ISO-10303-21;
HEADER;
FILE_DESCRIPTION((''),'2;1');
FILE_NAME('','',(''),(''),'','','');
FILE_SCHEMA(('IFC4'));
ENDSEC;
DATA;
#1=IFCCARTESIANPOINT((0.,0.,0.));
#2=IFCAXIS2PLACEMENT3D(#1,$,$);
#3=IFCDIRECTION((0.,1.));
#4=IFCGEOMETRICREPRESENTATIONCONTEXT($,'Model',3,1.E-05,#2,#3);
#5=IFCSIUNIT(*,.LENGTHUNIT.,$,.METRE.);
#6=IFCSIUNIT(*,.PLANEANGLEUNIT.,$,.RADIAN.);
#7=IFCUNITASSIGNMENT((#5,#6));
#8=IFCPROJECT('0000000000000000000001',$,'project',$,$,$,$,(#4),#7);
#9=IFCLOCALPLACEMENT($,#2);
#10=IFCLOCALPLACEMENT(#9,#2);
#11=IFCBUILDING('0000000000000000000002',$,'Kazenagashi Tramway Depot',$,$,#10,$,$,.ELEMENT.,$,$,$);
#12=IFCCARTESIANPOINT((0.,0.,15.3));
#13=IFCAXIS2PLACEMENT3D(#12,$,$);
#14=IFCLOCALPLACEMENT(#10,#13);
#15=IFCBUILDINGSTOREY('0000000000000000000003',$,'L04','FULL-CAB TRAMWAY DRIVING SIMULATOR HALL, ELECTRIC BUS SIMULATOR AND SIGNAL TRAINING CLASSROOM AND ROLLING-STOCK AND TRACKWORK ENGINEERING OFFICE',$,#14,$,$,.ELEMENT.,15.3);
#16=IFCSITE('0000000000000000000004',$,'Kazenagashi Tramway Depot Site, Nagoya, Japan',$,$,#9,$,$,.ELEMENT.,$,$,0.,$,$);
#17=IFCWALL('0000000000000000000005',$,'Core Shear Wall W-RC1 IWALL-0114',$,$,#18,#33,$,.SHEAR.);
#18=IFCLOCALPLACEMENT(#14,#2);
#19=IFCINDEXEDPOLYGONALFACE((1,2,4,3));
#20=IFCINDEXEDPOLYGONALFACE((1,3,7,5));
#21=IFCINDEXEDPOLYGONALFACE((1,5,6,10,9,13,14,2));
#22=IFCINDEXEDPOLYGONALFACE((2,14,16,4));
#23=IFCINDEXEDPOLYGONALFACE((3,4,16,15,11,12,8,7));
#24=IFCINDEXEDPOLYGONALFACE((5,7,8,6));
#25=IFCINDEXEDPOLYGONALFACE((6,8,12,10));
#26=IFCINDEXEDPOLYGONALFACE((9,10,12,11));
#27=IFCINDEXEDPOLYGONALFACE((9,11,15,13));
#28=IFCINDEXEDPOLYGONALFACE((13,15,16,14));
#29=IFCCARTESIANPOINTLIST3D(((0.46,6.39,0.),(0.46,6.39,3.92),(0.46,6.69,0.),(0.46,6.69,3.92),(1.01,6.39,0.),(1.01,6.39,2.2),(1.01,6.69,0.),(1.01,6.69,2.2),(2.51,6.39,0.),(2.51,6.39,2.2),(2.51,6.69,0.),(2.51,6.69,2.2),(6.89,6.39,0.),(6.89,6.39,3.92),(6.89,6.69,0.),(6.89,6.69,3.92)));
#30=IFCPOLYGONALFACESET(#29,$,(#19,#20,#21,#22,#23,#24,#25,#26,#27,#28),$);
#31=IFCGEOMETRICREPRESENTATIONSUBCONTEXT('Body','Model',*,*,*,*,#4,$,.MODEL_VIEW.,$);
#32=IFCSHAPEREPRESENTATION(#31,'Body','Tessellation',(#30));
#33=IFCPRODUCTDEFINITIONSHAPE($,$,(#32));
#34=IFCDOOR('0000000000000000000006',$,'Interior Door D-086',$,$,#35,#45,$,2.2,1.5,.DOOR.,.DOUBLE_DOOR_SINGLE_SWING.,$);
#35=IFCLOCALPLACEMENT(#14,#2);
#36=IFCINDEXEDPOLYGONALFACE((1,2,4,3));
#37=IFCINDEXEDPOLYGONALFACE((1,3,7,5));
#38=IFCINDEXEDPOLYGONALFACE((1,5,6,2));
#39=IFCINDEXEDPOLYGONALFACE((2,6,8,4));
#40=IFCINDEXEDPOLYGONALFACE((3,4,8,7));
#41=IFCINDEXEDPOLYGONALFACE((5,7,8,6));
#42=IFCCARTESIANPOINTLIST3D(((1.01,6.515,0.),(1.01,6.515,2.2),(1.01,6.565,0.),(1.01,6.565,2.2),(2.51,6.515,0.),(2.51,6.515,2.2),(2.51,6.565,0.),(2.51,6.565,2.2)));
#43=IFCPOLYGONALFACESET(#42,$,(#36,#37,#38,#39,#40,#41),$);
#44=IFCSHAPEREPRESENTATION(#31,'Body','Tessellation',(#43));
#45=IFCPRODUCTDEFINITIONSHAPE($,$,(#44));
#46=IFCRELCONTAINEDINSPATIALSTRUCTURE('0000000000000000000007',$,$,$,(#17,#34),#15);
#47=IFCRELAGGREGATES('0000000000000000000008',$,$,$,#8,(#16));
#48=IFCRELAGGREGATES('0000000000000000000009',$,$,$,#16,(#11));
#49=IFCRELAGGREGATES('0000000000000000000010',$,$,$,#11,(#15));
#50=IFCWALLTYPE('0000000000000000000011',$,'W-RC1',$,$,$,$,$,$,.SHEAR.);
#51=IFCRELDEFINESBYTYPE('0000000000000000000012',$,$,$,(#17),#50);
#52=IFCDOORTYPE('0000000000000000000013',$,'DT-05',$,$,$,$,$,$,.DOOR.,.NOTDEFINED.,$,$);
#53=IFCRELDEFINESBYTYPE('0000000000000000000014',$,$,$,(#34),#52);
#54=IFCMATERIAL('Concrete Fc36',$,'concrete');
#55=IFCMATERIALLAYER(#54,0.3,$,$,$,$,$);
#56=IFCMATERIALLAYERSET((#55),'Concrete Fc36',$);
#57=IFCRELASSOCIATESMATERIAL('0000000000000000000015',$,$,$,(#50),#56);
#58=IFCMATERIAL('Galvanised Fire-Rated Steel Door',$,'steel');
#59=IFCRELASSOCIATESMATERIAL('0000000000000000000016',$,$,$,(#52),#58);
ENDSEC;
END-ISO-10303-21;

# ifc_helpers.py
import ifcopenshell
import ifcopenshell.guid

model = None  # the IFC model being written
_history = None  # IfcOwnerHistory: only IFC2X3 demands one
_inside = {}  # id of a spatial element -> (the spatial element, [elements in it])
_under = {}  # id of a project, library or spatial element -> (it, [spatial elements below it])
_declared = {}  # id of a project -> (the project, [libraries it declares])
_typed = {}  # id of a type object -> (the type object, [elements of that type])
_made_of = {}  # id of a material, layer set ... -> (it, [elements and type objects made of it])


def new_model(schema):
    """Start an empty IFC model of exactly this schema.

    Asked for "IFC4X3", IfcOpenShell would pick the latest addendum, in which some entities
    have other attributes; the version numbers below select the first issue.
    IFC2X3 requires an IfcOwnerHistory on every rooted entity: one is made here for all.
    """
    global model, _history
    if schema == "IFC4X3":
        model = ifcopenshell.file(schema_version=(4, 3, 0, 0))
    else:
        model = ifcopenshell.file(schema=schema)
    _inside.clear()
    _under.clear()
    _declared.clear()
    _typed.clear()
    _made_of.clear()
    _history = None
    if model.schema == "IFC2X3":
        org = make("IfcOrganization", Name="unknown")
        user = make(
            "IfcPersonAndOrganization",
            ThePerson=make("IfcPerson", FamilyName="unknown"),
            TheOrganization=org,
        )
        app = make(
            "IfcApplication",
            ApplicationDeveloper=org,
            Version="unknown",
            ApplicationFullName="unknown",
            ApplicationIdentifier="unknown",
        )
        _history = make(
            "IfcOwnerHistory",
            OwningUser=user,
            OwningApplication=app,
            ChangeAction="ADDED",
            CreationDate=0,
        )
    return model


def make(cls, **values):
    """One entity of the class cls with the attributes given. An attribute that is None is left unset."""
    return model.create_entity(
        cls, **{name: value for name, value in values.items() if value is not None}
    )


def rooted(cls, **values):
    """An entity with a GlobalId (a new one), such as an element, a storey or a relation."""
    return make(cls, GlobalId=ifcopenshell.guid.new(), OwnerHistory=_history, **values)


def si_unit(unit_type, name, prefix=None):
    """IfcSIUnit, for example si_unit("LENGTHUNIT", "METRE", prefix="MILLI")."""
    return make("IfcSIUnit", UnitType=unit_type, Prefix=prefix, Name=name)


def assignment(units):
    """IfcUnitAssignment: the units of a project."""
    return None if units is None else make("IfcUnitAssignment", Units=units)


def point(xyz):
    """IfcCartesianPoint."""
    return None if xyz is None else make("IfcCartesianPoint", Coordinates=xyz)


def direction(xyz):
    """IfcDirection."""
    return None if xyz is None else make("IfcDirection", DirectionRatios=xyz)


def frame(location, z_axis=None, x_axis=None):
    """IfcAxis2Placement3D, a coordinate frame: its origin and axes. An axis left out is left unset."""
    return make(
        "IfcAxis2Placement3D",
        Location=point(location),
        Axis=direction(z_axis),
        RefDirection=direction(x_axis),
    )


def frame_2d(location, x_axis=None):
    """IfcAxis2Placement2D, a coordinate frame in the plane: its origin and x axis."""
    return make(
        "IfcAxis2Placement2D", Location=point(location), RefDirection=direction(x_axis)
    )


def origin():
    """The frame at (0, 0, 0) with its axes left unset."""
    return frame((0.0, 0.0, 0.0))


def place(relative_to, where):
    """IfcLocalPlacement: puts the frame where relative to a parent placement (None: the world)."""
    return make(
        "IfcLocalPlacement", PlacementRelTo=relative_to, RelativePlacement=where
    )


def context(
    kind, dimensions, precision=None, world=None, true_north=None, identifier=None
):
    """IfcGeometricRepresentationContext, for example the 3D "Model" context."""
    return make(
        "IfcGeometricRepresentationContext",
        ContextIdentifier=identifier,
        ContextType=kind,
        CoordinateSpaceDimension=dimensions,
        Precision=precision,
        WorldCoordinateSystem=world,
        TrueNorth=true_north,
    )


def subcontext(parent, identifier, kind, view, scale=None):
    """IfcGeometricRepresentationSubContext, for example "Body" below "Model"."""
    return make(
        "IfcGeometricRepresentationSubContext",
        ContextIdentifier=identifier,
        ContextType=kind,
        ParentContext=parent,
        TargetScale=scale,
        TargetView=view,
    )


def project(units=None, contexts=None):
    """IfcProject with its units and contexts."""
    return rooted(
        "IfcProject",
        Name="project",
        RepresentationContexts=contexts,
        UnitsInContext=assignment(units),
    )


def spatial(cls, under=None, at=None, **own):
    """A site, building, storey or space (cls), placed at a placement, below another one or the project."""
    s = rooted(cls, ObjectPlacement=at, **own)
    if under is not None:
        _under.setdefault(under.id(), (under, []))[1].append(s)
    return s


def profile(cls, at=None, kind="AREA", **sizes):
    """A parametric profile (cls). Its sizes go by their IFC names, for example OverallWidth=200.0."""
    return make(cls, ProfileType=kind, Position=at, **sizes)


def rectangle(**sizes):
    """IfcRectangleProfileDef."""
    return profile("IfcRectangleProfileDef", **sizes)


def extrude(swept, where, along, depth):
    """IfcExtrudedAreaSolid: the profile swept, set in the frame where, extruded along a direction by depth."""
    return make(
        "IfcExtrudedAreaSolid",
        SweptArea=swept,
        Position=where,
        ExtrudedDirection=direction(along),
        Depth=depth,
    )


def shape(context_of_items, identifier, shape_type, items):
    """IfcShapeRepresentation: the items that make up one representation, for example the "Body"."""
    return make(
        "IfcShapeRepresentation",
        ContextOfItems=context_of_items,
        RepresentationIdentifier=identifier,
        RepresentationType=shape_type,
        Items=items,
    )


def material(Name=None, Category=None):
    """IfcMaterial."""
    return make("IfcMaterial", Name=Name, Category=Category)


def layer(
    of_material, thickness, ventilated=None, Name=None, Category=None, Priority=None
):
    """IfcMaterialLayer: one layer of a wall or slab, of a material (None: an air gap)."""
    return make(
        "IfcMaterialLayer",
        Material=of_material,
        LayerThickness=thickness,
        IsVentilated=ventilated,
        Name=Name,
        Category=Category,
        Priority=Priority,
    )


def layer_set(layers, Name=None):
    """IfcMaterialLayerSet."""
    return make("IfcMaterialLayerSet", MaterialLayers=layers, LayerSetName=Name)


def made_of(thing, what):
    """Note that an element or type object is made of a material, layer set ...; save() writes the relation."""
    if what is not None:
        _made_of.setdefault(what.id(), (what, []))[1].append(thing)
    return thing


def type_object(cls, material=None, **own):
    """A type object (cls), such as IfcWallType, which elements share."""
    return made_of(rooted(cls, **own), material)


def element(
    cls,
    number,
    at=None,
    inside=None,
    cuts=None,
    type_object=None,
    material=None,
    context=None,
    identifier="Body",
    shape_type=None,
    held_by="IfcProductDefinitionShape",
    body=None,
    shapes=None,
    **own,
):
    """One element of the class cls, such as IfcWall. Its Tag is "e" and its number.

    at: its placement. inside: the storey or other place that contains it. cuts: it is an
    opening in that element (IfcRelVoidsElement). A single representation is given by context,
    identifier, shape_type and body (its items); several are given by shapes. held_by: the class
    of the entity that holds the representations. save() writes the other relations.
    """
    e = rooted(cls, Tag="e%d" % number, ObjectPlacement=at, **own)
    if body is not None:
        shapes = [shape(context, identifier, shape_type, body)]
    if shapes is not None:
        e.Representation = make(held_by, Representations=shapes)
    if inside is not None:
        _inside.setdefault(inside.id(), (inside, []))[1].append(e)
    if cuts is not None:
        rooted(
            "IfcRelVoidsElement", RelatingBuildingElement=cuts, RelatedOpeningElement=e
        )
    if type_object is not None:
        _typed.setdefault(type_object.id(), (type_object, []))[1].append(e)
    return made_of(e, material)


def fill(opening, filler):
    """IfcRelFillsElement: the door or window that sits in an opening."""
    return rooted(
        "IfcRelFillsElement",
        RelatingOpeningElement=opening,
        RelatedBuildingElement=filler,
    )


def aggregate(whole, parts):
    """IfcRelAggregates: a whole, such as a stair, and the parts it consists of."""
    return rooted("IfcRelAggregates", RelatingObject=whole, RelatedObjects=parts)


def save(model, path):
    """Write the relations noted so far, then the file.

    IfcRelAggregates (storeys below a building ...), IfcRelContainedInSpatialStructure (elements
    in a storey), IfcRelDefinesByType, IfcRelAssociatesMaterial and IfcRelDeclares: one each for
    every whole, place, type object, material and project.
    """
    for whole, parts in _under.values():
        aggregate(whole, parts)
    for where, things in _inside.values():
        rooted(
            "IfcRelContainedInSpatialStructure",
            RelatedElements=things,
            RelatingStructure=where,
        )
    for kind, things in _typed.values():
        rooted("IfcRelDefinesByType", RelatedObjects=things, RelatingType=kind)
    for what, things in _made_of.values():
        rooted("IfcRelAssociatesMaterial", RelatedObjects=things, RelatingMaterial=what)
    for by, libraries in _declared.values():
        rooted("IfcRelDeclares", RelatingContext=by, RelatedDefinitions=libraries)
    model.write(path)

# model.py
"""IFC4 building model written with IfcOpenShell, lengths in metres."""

from ifc_helpers import new_model, si_unit, direction, frame, frame_2d, origin, place, context, subcontext, project, spatial, rectangle, extrude, material, layer, layer_set, type_object, element, fill, save


model = new_model("IFC4")

# Units and contexts
model_context = context("Model", 3, precision=1e-05, world=origin(), true_north=direction((0.0, 1.0)))
body_context = subcontext(model_context, "Body", "Model", "MODEL_VIEW")
ifc_project = project(units=[si_unit("LENGTHUNIT", "METRE"), si_unit("PLANEANGLEUNIT", "RADIAN")], contexts=[model_context])

# Site, building, storey
site_placement = place(None, origin())
site = spatial("IfcSite", under=ifc_project, at=site_placement, Name="Kazenagashi Tramway Depot Site, Nagoya, Japan", CompositionType="ELEMENT", RefElevation=0.0)
building_placement = place(site_placement, origin())
building = spatial("IfcBuilding", under=site, at=building_placement, Name="Kazenagashi Tramway Depot", CompositionType="ELEMENT")
storey_placement = place(building_placement, frame((0.0, 0.0, 15.3)))
storey = spatial("IfcBuildingStorey", under=building, at=storey_placement, Name="L04", Description="FULL-CAB TRAMWAY DRIVING SIMULATOR HALL, ELECTRIC BUS SIMULATOR AND SIGNAL TRAINING CLASSROOM AND ROLLING-STOCK AND TRACKWORK ENGINEERING OFFICE", CompositionType="ELEMENT", Elevation=15.3)

# Wall, opening, door
ifc_material_1 = material(Name="Concrete Fc36", Category="concrete")
ifc_layer_1 = layer(ifc_material_1, 0.3)
ifc_layer_set_1 = layer_set([ifc_layer_1], Name="Concrete Fc36")
wall_type_1 = type_object("IfcWallType", Name="W-RC1", PredefinedType="SHEAR", material=ifc_layer_set_1)
wall_1_placement = place(storey_placement, frame((0.46, 6.54, 0.0), z_axis=(0.0, 0.0, 1.0), x_axis=(1.0, 0.0, 0.0)))
wall_1 = element("IfcWall", 1, at=wall_1_placement, inside=storey, type_object=wall_type_1, Name="Core Shear Wall W-RC1 IWALL-0114", PredefinedType="SHEAR", context=body_context, shape_type="SweptSolid", body=[
    extrude(rectangle(XDim=6.43, YDim=0.3, at=frame_2d((3.215, 0.0))), origin(), (0.0, 0.0, 1.0), 3.92),
])
opening_1_placement = place(wall_1_placement, frame((0.55, 0.0, 0.0)))
opening_1 = element("IfcOpeningElement", 2, at=opening_1_placement, cuts=wall_1, PredefinedType="OPENING", context=body_context, shape_type="SweptSolid", body=[
    extrude(rectangle(XDim=1.5, YDim=2.2, at=frame_2d((0.75, 1.1))), frame((0.0, 0.16, 0.0), z_axis=(0.0, -1.0, 0.0), x_axis=(1.0, 0.0, 0.0)), (0.0, 0.0, 1.0), 0.32),
])
ifc_material_2 = material(Name="Galvanised Fire-Rated Steel Door", Category="steel")
door_type = type_object("IfcDoorType", Name="DT-05", OperationType="NOTDEFINED", PredefinedType="DOOR", material=ifc_material_2)
door_placement = place(opening_1_placement, origin())
door = element("IfcDoor", 3, at=door_placement, inside=storey, type_object=door_type, Name="Interior Door D-086", OperationType="DOUBLE_DOOR_SINGLE_SWING", OverallHeight=2.2, OverallWidth=1.5, PredefinedType="DOOR", context=body_context, shape_type="SweptSolid", body=[
    extrude(rectangle(XDim=1.5, YDim=2.2, at=frame_2d((0.75, 1.1))), frame((0.0, 0.025, 0.0), z_axis=(0.0, -1.0, 0.0), x_axis=(1.0, 0.0, 0.0)), (0.0, 0.0, 1.0), 0.05),
])
fill(opening_1, door)

save(model, "model.ifc")
